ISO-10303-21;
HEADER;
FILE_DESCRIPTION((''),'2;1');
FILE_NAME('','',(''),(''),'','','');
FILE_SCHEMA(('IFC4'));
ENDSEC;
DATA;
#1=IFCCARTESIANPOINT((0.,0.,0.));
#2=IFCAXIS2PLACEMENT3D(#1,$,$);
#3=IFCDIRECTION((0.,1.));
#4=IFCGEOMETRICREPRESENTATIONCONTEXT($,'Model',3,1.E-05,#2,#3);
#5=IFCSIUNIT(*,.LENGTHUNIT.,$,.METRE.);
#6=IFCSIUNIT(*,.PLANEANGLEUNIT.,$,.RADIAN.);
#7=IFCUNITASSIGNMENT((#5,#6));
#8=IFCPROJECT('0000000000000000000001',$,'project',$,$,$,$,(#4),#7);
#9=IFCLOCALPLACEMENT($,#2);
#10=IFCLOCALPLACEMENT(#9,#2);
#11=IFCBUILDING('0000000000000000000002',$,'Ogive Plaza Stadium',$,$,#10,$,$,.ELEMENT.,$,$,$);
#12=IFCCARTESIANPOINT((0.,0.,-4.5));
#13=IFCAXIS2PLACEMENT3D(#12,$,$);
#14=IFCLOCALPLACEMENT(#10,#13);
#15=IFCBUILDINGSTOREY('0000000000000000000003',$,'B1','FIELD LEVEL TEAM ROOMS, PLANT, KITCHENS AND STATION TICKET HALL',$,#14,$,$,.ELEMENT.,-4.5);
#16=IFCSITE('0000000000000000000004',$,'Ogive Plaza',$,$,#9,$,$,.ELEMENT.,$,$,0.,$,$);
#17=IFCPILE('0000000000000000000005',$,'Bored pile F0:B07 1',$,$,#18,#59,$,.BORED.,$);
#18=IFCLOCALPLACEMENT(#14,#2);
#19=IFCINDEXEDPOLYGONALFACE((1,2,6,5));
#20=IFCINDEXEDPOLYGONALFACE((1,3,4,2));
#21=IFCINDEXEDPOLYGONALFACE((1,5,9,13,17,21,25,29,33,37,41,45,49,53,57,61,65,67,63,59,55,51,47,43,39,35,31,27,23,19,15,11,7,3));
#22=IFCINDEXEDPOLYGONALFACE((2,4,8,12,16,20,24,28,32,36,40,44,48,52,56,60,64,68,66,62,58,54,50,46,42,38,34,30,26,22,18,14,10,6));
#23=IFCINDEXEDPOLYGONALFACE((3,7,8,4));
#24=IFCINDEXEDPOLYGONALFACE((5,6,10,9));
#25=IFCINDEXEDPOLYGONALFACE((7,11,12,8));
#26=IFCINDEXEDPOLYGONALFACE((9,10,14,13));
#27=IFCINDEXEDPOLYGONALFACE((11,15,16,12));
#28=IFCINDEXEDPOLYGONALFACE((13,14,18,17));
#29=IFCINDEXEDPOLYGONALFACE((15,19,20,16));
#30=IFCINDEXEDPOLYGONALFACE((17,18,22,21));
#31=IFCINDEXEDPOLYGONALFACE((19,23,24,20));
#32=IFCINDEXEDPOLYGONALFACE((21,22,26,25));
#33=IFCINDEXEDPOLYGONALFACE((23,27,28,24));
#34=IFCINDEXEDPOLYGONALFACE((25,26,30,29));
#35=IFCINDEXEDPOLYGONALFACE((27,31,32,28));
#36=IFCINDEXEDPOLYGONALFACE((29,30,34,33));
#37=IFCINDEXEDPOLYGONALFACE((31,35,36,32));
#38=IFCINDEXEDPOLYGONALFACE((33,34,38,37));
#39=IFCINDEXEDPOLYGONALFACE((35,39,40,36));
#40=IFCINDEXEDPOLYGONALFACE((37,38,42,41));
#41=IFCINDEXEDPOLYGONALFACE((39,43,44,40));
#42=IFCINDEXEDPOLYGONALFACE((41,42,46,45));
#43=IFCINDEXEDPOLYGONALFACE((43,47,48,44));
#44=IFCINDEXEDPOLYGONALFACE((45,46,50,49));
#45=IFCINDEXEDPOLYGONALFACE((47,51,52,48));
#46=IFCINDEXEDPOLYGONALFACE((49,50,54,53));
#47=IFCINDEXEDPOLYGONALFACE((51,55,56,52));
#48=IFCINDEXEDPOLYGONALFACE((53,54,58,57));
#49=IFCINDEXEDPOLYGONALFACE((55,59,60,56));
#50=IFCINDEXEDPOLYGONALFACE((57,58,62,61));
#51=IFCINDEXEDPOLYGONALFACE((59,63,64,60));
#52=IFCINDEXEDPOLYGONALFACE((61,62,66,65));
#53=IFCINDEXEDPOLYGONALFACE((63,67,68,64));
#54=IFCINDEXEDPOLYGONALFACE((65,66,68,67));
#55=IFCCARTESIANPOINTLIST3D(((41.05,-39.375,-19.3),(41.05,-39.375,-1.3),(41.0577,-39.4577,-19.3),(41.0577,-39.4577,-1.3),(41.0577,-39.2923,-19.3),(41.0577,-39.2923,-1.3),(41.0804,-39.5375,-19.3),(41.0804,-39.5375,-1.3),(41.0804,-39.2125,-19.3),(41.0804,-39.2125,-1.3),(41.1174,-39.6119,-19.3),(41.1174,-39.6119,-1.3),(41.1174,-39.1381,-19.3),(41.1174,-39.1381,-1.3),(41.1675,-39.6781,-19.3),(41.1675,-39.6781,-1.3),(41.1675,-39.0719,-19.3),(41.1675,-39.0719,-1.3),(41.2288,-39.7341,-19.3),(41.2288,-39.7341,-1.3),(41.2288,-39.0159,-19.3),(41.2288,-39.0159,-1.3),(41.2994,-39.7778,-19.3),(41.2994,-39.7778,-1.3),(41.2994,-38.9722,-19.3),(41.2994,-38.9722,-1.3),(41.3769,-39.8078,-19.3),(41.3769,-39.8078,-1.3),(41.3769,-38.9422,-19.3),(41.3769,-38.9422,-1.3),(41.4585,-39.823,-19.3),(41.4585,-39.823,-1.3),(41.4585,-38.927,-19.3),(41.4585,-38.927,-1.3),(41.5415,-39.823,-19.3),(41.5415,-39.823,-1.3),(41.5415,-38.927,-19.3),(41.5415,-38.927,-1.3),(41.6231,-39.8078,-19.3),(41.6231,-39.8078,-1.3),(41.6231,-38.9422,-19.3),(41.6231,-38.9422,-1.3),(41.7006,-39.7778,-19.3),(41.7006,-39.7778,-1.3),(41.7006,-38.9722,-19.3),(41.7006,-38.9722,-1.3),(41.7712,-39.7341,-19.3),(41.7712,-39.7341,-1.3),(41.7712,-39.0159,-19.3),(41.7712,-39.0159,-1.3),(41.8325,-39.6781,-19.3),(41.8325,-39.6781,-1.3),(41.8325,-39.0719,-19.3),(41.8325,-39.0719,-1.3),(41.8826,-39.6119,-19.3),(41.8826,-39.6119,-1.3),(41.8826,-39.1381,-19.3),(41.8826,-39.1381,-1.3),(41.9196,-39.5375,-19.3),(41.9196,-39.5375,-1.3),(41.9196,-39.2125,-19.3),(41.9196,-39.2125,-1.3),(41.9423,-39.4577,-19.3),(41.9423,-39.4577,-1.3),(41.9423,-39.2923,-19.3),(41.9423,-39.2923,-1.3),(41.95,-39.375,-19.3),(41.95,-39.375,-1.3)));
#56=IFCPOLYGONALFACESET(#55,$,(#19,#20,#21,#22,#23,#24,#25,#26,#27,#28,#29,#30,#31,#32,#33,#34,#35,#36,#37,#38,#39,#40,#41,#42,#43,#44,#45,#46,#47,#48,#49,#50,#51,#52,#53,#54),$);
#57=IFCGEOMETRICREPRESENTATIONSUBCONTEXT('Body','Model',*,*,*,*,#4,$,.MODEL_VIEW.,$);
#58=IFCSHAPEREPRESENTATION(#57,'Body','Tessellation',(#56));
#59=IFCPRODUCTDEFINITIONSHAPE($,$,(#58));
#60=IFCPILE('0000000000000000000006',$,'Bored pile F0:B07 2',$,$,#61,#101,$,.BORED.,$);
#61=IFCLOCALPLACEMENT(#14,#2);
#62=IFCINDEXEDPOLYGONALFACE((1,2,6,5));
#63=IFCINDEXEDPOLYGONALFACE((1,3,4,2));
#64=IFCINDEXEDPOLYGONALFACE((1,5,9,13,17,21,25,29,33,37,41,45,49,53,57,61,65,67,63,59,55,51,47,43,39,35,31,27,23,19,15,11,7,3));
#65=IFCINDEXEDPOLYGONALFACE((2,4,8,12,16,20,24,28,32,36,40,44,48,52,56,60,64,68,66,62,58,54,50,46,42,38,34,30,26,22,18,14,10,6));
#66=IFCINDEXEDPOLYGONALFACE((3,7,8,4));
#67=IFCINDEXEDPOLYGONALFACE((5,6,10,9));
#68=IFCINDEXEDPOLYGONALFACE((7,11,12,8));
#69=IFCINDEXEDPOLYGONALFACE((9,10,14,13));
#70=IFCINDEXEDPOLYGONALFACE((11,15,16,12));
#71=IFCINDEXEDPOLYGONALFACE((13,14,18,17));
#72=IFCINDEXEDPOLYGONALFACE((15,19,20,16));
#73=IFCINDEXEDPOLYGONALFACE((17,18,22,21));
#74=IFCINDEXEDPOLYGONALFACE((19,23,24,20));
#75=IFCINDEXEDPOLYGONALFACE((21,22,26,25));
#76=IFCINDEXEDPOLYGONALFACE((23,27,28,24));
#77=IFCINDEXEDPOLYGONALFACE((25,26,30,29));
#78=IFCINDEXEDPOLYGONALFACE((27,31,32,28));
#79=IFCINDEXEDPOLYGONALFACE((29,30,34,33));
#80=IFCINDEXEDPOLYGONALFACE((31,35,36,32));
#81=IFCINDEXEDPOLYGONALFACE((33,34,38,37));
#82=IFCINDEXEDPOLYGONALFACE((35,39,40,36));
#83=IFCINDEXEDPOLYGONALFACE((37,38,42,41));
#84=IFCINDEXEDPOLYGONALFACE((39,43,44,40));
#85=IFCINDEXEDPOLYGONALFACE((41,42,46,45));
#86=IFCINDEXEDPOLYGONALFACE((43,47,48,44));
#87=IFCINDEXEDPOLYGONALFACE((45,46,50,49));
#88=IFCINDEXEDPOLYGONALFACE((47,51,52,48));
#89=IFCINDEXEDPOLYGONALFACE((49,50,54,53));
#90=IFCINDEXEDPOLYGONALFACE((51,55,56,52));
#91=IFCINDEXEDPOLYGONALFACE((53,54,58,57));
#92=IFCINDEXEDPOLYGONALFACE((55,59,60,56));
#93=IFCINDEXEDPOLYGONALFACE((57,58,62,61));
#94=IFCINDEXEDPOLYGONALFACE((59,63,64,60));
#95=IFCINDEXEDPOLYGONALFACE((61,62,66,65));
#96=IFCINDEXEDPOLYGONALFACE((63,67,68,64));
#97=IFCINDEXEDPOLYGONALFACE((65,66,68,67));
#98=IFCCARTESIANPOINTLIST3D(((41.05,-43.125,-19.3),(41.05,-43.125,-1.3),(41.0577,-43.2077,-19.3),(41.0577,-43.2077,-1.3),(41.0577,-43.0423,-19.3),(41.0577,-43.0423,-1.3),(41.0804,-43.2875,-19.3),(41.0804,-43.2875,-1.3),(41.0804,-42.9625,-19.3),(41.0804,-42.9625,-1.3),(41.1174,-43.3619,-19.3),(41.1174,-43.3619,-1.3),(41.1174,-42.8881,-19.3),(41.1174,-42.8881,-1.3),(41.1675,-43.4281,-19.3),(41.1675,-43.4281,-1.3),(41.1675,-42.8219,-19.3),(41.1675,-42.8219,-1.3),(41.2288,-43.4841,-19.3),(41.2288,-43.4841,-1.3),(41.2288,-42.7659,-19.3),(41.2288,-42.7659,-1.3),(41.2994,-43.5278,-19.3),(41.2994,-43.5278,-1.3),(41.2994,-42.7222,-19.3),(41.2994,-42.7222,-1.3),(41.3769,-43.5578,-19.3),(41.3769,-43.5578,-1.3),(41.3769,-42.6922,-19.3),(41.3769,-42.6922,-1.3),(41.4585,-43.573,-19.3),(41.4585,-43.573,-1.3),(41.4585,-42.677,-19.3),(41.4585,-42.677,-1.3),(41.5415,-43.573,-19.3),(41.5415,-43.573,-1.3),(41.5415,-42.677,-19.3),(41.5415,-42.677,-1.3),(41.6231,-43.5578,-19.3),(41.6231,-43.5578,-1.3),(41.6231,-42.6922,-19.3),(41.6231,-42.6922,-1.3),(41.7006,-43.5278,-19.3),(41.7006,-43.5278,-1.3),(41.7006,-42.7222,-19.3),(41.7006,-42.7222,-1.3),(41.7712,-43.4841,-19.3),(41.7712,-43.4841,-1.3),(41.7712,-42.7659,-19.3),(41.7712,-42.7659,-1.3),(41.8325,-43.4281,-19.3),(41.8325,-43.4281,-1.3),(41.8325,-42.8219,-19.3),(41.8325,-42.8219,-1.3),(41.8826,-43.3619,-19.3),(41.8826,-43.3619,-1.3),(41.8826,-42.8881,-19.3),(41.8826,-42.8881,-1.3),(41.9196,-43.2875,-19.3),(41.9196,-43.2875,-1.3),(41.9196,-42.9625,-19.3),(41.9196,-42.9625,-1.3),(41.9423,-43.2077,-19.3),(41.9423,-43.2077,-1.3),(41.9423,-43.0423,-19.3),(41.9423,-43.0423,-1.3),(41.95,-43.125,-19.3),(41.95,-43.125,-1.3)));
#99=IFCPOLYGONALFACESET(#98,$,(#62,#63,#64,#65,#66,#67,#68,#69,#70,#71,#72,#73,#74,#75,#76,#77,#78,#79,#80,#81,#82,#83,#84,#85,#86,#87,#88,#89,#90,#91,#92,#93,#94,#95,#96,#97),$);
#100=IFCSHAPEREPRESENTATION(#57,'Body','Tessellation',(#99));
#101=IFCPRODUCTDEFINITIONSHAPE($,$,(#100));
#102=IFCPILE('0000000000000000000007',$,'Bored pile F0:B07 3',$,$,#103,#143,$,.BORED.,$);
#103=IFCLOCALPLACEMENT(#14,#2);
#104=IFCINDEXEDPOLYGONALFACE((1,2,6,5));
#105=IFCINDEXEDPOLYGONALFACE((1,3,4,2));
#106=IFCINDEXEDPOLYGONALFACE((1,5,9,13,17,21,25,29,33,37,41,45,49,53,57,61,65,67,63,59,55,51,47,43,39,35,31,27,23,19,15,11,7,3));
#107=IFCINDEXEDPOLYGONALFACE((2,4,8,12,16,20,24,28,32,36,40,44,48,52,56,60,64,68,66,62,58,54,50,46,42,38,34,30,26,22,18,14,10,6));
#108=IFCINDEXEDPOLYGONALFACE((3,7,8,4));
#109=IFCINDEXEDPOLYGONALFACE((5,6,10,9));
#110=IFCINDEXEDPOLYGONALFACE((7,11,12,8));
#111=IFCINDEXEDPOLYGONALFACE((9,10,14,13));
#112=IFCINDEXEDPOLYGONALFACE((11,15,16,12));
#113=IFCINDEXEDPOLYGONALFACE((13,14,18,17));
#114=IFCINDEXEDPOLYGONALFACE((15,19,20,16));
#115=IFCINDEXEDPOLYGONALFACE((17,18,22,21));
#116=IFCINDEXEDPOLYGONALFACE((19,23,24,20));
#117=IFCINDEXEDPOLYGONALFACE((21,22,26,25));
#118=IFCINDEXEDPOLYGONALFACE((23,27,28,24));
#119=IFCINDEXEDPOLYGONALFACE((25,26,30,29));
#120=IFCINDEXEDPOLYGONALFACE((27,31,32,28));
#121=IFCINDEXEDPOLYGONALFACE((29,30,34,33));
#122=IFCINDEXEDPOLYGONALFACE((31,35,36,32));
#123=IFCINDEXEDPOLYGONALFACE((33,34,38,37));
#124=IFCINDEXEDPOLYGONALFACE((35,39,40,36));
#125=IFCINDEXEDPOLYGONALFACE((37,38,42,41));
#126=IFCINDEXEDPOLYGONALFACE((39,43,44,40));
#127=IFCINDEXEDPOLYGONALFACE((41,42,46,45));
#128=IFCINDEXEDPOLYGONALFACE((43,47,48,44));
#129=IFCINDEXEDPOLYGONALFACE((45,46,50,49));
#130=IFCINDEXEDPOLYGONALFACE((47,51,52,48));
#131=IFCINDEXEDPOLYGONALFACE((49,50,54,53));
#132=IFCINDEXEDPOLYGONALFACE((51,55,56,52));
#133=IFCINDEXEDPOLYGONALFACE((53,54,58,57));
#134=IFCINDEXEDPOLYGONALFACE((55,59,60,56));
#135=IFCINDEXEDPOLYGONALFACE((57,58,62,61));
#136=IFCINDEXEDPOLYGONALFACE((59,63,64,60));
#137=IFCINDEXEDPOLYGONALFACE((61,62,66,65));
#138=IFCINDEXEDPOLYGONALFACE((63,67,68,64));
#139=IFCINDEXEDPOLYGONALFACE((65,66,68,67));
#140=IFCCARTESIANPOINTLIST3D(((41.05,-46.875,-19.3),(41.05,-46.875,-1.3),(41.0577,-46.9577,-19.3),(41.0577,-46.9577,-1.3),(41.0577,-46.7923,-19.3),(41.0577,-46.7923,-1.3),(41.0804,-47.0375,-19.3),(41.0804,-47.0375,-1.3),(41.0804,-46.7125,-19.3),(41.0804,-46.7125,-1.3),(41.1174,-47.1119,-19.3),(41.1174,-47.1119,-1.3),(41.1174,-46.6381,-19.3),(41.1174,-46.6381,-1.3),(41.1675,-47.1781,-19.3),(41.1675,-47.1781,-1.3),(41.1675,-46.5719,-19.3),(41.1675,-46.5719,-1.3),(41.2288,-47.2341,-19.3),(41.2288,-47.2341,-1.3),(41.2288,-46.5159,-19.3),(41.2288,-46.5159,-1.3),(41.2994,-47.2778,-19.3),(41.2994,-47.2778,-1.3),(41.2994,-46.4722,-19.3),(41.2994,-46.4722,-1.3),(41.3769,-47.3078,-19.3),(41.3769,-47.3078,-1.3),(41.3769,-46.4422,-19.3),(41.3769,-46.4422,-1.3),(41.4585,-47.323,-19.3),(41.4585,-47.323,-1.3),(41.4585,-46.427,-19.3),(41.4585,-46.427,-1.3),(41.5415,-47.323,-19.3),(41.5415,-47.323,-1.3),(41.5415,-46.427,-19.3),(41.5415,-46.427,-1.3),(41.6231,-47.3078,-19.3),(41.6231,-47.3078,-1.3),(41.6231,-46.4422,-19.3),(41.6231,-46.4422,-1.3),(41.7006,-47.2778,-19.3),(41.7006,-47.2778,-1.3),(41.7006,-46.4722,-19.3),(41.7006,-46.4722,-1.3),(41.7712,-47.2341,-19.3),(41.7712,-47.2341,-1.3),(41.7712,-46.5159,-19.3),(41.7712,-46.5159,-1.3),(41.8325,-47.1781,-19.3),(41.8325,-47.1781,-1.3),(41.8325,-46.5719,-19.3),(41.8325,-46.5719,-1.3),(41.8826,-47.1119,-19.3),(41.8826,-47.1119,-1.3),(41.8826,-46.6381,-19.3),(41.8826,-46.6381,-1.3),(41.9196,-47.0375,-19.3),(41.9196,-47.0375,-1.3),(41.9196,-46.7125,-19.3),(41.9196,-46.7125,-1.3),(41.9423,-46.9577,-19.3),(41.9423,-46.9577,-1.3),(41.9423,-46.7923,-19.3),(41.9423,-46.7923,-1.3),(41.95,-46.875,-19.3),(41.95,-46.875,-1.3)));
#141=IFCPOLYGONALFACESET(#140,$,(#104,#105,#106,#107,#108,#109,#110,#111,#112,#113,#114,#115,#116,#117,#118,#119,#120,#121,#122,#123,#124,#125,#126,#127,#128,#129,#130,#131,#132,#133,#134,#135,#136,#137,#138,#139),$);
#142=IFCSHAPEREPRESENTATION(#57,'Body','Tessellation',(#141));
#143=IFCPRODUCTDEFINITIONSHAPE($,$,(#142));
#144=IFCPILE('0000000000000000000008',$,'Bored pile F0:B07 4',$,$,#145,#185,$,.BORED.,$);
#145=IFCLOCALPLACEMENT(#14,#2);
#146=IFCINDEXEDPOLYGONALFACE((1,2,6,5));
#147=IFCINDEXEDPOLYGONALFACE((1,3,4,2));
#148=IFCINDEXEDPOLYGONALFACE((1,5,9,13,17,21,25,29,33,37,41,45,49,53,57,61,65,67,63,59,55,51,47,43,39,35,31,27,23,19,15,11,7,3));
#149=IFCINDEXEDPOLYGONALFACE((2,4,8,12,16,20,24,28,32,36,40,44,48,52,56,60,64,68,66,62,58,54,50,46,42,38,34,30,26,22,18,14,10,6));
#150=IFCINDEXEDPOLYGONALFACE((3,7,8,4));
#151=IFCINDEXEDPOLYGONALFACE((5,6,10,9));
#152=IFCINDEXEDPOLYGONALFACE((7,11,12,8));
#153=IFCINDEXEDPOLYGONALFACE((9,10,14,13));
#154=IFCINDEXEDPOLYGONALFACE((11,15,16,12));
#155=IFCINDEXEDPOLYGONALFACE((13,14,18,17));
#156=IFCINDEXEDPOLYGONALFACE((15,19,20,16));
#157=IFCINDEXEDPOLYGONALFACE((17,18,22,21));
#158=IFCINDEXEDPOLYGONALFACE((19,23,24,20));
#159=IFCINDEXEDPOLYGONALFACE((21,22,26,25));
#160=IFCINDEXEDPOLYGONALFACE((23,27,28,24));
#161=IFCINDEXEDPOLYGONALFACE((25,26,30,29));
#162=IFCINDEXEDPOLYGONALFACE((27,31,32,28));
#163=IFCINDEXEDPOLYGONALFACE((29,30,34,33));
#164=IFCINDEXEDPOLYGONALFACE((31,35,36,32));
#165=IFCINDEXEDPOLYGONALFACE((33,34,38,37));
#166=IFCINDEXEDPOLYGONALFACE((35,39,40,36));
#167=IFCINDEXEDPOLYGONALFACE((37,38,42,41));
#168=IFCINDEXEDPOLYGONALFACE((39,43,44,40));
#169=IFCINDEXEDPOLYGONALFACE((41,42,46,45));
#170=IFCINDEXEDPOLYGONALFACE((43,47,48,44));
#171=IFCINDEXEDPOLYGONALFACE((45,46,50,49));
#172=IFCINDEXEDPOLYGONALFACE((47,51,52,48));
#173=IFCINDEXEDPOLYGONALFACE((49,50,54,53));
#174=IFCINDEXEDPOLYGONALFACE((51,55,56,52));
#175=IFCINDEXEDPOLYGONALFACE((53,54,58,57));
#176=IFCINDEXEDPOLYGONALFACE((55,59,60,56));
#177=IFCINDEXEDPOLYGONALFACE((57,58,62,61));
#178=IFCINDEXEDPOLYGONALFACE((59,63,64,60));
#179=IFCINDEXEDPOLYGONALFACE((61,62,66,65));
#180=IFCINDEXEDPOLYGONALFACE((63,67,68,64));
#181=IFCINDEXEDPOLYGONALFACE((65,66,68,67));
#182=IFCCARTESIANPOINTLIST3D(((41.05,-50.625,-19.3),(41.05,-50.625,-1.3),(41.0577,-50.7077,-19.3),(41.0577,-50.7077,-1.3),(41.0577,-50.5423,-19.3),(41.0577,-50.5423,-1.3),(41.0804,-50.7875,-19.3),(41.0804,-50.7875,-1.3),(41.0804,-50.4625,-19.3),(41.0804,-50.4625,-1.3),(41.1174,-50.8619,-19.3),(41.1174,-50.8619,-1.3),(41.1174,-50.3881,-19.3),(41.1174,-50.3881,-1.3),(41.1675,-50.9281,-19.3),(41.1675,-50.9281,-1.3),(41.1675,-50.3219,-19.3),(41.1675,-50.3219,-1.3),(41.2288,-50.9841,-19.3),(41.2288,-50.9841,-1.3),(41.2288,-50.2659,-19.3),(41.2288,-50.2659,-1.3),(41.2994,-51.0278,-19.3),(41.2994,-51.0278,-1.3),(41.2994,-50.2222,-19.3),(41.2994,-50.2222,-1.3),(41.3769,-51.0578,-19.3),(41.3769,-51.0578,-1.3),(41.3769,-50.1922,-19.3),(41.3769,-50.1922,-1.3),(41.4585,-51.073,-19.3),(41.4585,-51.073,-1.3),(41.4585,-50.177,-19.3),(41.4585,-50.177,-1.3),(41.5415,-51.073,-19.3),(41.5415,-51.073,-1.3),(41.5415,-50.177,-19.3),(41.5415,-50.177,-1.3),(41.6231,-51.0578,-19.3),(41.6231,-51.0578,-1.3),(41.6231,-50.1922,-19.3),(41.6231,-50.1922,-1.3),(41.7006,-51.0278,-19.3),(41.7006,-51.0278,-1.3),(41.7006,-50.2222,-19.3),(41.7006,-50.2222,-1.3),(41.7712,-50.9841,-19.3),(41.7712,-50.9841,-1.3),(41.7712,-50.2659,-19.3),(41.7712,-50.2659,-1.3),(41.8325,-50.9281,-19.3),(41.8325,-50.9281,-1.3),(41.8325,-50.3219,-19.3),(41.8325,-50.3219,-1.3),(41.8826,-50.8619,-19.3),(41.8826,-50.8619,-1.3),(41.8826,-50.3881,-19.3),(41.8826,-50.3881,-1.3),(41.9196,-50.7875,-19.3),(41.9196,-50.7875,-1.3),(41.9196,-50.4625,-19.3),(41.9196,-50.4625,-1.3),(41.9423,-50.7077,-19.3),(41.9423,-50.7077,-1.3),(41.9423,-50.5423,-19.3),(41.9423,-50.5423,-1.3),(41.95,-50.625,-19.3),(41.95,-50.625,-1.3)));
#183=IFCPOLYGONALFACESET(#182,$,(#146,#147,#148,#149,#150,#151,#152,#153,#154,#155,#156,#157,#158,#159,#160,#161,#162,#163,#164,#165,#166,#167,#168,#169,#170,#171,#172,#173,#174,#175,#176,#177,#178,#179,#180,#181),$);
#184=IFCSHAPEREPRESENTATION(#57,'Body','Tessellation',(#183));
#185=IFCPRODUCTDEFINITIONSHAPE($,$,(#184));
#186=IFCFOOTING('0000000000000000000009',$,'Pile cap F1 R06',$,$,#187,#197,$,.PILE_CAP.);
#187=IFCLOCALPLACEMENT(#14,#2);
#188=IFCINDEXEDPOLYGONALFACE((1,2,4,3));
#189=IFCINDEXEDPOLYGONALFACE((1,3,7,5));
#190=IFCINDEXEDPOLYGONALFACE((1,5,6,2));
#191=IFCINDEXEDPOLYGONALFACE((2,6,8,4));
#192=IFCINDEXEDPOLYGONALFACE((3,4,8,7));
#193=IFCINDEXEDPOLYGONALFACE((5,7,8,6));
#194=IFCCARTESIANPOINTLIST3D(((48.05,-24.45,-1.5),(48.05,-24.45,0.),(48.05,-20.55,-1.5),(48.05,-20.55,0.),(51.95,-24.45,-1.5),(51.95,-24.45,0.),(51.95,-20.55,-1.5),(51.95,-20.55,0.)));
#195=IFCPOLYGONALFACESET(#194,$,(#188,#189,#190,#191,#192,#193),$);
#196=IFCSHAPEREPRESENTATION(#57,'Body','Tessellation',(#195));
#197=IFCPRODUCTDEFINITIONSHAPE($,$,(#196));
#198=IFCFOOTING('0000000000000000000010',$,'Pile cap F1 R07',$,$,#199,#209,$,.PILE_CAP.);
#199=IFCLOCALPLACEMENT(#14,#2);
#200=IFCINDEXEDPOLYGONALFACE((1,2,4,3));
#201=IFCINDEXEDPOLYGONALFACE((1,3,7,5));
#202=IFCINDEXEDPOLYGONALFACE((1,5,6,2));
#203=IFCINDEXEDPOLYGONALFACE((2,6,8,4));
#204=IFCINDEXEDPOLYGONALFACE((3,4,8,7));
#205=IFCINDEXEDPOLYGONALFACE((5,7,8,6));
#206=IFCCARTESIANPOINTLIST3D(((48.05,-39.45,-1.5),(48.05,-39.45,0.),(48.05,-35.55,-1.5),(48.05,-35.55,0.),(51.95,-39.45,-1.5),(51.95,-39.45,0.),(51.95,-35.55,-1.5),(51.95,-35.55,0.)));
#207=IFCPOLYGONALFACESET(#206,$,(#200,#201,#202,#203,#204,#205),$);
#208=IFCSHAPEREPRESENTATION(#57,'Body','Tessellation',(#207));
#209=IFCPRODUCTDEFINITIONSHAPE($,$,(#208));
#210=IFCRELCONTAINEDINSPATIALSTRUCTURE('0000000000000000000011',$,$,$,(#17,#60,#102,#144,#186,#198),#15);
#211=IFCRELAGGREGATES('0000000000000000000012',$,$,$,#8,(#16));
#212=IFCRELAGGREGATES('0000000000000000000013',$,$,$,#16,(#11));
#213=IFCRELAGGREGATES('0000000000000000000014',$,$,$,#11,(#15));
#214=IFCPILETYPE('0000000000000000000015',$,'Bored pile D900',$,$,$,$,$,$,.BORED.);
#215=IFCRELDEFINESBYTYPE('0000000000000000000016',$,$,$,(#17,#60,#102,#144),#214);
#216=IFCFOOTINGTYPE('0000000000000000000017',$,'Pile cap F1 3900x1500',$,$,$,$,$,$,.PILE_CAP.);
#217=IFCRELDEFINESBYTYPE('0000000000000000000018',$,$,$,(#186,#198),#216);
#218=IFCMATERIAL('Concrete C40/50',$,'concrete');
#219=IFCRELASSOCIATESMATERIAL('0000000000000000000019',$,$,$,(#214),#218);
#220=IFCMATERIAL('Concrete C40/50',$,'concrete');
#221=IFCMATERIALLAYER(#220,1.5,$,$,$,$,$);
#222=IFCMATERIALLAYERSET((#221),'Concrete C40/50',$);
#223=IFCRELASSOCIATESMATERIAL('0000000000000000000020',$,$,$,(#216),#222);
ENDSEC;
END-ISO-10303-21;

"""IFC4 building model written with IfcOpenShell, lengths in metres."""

from ifc_helpers import new_model, si_unit, direction, frame, origin, origin_2d, place, context, subcontext, project, spatial, rectangle, circle, extrude, material, layer, layer_set, material_profile, profile_set, type_object, element, save


model = new_model("IFC4")

# Units and contexts
model_context = context("Model", 3, precision=1e-05, world=origin(), true_north=direction((0.0, 1.0)))
body_context = subcontext(model_context, "Body", "Model", "MODEL_VIEW")
ifc_project = project(units=[si_unit("LENGTHUNIT", "METRE"), si_unit("PLANEANGLEUNIT", "RADIAN")], contexts=[model_context])

# Site, building, storey
site_placement = place(None, origin())
site = spatial("IfcSite", under=ifc_project, at=site_placement, Name="Ogive Plaza", CompositionType="ELEMENT", RefElevation=0.0)
building_placement = place(site_placement, origin())
building = spatial("IfcBuilding", under=site, at=building_placement, Name="Ogive Plaza Stadium", CompositionType="ELEMENT")
storey_placement = place(building_placement, frame((0.0, 0.0, -4.5)))
storey = spatial("IfcBuildingStorey", under=building, at=storey_placement, Name="B1", Description="FIELD LEVEL TEAM ROOMS, PLANT, KITCHENS AND STATION TICKET HALL", CompositionType="ELEMENT", Elevation=-4.5)

# Piles
ifc_material_1 = material(Name="Concrete C40/50", Category="concrete")
ifc_material_profile_1 = material_profile(ifc_material_1, circle(Radius=0.45, at=origin_2d()), Name="RC D900")
ifc_profile_set_1 = profile_set([ifc_material_profile_1], Name="Concrete C40/50")
pile_type = type_object("IfcPileType", Name="Bored pile D900", PredefinedType="BORED", material=ifc_profile_set_1)
for number, where, z_axis, x_axis, name in (
    (1, (41.5, -39.375, -1.3), (0.0, 0.0, -1.0), (1.0, 0.0, 0.0), "Bored pile F0:B07 1"),
    (2, (41.5, -43.125, -1.3), (0.0, 0.0, -1.0), (1.0, 0.0, 0.0), "Bored pile F0:B07 2"),
    (3, (41.5, -46.875, -1.3), (0.0, 0.0, -1.0), (1.0, 0.0, 0.0), "Bored pile F0:B07 3"),
    (4, (41.5, -50.625, -1.3), (0.0, 0.0, -1.0), (1.0, 0.0, 0.0), "Bored pile F0:B07 4"),
):
    element("IfcPile", number, at=place(storey_placement, frame(where, z_axis=z_axis, x_axis=x_axis)), inside=storey, type_object=pile_type, Name=name, PredefinedType="BORED", context=body_context, shape_type="SweptSolid", body=[
        extrude(circle(Radius=0.45, at=origin_2d()), origin(), (0.0, 0.0, 1.0), 18.0),
    ])

# Footings
ifc_material_2 = material(Name="Concrete C40/50", Category="concrete")
ifc_layer_1 = layer(ifc_material_2, 1.5)
ifc_layer_set_1 = layer_set([ifc_layer_1], Name="Concrete C40/50")
footing_type = type_object("IfcFootingType", Name="Pile cap F1 3900x1500", PredefinedType="PILE_CAP", material=ifc_layer_set_1)
for number, where, z_axis, x_axis, name in (
    (5, (50.0, -22.5, -1.5), (0.0, 0.0, 1.0), (1.0, 0.0, 0.0), "Pile cap F1 R06"),
    (6, (50.0, -37.5, -1.5), (0.0, 0.0, 1.0), (1.0, 0.0, 0.0), "Pile cap F1 R07"),
):
    element("IfcFooting", number, at=place(storey_placement, frame(where, z_axis=z_axis, x_axis=x_axis)), inside=storey, type_object=footing_type, Name=name, PredefinedType="PILE_CAP", context=body_context, shape_type="SweptSolid", body=[
        extrude(rectangle(XDim=3.8999, YDim=3.8999, at=origin_2d()), origin(), (0.0, 0.0, 1.0), 1.5),
    ])

save(model, "model.ifc")
